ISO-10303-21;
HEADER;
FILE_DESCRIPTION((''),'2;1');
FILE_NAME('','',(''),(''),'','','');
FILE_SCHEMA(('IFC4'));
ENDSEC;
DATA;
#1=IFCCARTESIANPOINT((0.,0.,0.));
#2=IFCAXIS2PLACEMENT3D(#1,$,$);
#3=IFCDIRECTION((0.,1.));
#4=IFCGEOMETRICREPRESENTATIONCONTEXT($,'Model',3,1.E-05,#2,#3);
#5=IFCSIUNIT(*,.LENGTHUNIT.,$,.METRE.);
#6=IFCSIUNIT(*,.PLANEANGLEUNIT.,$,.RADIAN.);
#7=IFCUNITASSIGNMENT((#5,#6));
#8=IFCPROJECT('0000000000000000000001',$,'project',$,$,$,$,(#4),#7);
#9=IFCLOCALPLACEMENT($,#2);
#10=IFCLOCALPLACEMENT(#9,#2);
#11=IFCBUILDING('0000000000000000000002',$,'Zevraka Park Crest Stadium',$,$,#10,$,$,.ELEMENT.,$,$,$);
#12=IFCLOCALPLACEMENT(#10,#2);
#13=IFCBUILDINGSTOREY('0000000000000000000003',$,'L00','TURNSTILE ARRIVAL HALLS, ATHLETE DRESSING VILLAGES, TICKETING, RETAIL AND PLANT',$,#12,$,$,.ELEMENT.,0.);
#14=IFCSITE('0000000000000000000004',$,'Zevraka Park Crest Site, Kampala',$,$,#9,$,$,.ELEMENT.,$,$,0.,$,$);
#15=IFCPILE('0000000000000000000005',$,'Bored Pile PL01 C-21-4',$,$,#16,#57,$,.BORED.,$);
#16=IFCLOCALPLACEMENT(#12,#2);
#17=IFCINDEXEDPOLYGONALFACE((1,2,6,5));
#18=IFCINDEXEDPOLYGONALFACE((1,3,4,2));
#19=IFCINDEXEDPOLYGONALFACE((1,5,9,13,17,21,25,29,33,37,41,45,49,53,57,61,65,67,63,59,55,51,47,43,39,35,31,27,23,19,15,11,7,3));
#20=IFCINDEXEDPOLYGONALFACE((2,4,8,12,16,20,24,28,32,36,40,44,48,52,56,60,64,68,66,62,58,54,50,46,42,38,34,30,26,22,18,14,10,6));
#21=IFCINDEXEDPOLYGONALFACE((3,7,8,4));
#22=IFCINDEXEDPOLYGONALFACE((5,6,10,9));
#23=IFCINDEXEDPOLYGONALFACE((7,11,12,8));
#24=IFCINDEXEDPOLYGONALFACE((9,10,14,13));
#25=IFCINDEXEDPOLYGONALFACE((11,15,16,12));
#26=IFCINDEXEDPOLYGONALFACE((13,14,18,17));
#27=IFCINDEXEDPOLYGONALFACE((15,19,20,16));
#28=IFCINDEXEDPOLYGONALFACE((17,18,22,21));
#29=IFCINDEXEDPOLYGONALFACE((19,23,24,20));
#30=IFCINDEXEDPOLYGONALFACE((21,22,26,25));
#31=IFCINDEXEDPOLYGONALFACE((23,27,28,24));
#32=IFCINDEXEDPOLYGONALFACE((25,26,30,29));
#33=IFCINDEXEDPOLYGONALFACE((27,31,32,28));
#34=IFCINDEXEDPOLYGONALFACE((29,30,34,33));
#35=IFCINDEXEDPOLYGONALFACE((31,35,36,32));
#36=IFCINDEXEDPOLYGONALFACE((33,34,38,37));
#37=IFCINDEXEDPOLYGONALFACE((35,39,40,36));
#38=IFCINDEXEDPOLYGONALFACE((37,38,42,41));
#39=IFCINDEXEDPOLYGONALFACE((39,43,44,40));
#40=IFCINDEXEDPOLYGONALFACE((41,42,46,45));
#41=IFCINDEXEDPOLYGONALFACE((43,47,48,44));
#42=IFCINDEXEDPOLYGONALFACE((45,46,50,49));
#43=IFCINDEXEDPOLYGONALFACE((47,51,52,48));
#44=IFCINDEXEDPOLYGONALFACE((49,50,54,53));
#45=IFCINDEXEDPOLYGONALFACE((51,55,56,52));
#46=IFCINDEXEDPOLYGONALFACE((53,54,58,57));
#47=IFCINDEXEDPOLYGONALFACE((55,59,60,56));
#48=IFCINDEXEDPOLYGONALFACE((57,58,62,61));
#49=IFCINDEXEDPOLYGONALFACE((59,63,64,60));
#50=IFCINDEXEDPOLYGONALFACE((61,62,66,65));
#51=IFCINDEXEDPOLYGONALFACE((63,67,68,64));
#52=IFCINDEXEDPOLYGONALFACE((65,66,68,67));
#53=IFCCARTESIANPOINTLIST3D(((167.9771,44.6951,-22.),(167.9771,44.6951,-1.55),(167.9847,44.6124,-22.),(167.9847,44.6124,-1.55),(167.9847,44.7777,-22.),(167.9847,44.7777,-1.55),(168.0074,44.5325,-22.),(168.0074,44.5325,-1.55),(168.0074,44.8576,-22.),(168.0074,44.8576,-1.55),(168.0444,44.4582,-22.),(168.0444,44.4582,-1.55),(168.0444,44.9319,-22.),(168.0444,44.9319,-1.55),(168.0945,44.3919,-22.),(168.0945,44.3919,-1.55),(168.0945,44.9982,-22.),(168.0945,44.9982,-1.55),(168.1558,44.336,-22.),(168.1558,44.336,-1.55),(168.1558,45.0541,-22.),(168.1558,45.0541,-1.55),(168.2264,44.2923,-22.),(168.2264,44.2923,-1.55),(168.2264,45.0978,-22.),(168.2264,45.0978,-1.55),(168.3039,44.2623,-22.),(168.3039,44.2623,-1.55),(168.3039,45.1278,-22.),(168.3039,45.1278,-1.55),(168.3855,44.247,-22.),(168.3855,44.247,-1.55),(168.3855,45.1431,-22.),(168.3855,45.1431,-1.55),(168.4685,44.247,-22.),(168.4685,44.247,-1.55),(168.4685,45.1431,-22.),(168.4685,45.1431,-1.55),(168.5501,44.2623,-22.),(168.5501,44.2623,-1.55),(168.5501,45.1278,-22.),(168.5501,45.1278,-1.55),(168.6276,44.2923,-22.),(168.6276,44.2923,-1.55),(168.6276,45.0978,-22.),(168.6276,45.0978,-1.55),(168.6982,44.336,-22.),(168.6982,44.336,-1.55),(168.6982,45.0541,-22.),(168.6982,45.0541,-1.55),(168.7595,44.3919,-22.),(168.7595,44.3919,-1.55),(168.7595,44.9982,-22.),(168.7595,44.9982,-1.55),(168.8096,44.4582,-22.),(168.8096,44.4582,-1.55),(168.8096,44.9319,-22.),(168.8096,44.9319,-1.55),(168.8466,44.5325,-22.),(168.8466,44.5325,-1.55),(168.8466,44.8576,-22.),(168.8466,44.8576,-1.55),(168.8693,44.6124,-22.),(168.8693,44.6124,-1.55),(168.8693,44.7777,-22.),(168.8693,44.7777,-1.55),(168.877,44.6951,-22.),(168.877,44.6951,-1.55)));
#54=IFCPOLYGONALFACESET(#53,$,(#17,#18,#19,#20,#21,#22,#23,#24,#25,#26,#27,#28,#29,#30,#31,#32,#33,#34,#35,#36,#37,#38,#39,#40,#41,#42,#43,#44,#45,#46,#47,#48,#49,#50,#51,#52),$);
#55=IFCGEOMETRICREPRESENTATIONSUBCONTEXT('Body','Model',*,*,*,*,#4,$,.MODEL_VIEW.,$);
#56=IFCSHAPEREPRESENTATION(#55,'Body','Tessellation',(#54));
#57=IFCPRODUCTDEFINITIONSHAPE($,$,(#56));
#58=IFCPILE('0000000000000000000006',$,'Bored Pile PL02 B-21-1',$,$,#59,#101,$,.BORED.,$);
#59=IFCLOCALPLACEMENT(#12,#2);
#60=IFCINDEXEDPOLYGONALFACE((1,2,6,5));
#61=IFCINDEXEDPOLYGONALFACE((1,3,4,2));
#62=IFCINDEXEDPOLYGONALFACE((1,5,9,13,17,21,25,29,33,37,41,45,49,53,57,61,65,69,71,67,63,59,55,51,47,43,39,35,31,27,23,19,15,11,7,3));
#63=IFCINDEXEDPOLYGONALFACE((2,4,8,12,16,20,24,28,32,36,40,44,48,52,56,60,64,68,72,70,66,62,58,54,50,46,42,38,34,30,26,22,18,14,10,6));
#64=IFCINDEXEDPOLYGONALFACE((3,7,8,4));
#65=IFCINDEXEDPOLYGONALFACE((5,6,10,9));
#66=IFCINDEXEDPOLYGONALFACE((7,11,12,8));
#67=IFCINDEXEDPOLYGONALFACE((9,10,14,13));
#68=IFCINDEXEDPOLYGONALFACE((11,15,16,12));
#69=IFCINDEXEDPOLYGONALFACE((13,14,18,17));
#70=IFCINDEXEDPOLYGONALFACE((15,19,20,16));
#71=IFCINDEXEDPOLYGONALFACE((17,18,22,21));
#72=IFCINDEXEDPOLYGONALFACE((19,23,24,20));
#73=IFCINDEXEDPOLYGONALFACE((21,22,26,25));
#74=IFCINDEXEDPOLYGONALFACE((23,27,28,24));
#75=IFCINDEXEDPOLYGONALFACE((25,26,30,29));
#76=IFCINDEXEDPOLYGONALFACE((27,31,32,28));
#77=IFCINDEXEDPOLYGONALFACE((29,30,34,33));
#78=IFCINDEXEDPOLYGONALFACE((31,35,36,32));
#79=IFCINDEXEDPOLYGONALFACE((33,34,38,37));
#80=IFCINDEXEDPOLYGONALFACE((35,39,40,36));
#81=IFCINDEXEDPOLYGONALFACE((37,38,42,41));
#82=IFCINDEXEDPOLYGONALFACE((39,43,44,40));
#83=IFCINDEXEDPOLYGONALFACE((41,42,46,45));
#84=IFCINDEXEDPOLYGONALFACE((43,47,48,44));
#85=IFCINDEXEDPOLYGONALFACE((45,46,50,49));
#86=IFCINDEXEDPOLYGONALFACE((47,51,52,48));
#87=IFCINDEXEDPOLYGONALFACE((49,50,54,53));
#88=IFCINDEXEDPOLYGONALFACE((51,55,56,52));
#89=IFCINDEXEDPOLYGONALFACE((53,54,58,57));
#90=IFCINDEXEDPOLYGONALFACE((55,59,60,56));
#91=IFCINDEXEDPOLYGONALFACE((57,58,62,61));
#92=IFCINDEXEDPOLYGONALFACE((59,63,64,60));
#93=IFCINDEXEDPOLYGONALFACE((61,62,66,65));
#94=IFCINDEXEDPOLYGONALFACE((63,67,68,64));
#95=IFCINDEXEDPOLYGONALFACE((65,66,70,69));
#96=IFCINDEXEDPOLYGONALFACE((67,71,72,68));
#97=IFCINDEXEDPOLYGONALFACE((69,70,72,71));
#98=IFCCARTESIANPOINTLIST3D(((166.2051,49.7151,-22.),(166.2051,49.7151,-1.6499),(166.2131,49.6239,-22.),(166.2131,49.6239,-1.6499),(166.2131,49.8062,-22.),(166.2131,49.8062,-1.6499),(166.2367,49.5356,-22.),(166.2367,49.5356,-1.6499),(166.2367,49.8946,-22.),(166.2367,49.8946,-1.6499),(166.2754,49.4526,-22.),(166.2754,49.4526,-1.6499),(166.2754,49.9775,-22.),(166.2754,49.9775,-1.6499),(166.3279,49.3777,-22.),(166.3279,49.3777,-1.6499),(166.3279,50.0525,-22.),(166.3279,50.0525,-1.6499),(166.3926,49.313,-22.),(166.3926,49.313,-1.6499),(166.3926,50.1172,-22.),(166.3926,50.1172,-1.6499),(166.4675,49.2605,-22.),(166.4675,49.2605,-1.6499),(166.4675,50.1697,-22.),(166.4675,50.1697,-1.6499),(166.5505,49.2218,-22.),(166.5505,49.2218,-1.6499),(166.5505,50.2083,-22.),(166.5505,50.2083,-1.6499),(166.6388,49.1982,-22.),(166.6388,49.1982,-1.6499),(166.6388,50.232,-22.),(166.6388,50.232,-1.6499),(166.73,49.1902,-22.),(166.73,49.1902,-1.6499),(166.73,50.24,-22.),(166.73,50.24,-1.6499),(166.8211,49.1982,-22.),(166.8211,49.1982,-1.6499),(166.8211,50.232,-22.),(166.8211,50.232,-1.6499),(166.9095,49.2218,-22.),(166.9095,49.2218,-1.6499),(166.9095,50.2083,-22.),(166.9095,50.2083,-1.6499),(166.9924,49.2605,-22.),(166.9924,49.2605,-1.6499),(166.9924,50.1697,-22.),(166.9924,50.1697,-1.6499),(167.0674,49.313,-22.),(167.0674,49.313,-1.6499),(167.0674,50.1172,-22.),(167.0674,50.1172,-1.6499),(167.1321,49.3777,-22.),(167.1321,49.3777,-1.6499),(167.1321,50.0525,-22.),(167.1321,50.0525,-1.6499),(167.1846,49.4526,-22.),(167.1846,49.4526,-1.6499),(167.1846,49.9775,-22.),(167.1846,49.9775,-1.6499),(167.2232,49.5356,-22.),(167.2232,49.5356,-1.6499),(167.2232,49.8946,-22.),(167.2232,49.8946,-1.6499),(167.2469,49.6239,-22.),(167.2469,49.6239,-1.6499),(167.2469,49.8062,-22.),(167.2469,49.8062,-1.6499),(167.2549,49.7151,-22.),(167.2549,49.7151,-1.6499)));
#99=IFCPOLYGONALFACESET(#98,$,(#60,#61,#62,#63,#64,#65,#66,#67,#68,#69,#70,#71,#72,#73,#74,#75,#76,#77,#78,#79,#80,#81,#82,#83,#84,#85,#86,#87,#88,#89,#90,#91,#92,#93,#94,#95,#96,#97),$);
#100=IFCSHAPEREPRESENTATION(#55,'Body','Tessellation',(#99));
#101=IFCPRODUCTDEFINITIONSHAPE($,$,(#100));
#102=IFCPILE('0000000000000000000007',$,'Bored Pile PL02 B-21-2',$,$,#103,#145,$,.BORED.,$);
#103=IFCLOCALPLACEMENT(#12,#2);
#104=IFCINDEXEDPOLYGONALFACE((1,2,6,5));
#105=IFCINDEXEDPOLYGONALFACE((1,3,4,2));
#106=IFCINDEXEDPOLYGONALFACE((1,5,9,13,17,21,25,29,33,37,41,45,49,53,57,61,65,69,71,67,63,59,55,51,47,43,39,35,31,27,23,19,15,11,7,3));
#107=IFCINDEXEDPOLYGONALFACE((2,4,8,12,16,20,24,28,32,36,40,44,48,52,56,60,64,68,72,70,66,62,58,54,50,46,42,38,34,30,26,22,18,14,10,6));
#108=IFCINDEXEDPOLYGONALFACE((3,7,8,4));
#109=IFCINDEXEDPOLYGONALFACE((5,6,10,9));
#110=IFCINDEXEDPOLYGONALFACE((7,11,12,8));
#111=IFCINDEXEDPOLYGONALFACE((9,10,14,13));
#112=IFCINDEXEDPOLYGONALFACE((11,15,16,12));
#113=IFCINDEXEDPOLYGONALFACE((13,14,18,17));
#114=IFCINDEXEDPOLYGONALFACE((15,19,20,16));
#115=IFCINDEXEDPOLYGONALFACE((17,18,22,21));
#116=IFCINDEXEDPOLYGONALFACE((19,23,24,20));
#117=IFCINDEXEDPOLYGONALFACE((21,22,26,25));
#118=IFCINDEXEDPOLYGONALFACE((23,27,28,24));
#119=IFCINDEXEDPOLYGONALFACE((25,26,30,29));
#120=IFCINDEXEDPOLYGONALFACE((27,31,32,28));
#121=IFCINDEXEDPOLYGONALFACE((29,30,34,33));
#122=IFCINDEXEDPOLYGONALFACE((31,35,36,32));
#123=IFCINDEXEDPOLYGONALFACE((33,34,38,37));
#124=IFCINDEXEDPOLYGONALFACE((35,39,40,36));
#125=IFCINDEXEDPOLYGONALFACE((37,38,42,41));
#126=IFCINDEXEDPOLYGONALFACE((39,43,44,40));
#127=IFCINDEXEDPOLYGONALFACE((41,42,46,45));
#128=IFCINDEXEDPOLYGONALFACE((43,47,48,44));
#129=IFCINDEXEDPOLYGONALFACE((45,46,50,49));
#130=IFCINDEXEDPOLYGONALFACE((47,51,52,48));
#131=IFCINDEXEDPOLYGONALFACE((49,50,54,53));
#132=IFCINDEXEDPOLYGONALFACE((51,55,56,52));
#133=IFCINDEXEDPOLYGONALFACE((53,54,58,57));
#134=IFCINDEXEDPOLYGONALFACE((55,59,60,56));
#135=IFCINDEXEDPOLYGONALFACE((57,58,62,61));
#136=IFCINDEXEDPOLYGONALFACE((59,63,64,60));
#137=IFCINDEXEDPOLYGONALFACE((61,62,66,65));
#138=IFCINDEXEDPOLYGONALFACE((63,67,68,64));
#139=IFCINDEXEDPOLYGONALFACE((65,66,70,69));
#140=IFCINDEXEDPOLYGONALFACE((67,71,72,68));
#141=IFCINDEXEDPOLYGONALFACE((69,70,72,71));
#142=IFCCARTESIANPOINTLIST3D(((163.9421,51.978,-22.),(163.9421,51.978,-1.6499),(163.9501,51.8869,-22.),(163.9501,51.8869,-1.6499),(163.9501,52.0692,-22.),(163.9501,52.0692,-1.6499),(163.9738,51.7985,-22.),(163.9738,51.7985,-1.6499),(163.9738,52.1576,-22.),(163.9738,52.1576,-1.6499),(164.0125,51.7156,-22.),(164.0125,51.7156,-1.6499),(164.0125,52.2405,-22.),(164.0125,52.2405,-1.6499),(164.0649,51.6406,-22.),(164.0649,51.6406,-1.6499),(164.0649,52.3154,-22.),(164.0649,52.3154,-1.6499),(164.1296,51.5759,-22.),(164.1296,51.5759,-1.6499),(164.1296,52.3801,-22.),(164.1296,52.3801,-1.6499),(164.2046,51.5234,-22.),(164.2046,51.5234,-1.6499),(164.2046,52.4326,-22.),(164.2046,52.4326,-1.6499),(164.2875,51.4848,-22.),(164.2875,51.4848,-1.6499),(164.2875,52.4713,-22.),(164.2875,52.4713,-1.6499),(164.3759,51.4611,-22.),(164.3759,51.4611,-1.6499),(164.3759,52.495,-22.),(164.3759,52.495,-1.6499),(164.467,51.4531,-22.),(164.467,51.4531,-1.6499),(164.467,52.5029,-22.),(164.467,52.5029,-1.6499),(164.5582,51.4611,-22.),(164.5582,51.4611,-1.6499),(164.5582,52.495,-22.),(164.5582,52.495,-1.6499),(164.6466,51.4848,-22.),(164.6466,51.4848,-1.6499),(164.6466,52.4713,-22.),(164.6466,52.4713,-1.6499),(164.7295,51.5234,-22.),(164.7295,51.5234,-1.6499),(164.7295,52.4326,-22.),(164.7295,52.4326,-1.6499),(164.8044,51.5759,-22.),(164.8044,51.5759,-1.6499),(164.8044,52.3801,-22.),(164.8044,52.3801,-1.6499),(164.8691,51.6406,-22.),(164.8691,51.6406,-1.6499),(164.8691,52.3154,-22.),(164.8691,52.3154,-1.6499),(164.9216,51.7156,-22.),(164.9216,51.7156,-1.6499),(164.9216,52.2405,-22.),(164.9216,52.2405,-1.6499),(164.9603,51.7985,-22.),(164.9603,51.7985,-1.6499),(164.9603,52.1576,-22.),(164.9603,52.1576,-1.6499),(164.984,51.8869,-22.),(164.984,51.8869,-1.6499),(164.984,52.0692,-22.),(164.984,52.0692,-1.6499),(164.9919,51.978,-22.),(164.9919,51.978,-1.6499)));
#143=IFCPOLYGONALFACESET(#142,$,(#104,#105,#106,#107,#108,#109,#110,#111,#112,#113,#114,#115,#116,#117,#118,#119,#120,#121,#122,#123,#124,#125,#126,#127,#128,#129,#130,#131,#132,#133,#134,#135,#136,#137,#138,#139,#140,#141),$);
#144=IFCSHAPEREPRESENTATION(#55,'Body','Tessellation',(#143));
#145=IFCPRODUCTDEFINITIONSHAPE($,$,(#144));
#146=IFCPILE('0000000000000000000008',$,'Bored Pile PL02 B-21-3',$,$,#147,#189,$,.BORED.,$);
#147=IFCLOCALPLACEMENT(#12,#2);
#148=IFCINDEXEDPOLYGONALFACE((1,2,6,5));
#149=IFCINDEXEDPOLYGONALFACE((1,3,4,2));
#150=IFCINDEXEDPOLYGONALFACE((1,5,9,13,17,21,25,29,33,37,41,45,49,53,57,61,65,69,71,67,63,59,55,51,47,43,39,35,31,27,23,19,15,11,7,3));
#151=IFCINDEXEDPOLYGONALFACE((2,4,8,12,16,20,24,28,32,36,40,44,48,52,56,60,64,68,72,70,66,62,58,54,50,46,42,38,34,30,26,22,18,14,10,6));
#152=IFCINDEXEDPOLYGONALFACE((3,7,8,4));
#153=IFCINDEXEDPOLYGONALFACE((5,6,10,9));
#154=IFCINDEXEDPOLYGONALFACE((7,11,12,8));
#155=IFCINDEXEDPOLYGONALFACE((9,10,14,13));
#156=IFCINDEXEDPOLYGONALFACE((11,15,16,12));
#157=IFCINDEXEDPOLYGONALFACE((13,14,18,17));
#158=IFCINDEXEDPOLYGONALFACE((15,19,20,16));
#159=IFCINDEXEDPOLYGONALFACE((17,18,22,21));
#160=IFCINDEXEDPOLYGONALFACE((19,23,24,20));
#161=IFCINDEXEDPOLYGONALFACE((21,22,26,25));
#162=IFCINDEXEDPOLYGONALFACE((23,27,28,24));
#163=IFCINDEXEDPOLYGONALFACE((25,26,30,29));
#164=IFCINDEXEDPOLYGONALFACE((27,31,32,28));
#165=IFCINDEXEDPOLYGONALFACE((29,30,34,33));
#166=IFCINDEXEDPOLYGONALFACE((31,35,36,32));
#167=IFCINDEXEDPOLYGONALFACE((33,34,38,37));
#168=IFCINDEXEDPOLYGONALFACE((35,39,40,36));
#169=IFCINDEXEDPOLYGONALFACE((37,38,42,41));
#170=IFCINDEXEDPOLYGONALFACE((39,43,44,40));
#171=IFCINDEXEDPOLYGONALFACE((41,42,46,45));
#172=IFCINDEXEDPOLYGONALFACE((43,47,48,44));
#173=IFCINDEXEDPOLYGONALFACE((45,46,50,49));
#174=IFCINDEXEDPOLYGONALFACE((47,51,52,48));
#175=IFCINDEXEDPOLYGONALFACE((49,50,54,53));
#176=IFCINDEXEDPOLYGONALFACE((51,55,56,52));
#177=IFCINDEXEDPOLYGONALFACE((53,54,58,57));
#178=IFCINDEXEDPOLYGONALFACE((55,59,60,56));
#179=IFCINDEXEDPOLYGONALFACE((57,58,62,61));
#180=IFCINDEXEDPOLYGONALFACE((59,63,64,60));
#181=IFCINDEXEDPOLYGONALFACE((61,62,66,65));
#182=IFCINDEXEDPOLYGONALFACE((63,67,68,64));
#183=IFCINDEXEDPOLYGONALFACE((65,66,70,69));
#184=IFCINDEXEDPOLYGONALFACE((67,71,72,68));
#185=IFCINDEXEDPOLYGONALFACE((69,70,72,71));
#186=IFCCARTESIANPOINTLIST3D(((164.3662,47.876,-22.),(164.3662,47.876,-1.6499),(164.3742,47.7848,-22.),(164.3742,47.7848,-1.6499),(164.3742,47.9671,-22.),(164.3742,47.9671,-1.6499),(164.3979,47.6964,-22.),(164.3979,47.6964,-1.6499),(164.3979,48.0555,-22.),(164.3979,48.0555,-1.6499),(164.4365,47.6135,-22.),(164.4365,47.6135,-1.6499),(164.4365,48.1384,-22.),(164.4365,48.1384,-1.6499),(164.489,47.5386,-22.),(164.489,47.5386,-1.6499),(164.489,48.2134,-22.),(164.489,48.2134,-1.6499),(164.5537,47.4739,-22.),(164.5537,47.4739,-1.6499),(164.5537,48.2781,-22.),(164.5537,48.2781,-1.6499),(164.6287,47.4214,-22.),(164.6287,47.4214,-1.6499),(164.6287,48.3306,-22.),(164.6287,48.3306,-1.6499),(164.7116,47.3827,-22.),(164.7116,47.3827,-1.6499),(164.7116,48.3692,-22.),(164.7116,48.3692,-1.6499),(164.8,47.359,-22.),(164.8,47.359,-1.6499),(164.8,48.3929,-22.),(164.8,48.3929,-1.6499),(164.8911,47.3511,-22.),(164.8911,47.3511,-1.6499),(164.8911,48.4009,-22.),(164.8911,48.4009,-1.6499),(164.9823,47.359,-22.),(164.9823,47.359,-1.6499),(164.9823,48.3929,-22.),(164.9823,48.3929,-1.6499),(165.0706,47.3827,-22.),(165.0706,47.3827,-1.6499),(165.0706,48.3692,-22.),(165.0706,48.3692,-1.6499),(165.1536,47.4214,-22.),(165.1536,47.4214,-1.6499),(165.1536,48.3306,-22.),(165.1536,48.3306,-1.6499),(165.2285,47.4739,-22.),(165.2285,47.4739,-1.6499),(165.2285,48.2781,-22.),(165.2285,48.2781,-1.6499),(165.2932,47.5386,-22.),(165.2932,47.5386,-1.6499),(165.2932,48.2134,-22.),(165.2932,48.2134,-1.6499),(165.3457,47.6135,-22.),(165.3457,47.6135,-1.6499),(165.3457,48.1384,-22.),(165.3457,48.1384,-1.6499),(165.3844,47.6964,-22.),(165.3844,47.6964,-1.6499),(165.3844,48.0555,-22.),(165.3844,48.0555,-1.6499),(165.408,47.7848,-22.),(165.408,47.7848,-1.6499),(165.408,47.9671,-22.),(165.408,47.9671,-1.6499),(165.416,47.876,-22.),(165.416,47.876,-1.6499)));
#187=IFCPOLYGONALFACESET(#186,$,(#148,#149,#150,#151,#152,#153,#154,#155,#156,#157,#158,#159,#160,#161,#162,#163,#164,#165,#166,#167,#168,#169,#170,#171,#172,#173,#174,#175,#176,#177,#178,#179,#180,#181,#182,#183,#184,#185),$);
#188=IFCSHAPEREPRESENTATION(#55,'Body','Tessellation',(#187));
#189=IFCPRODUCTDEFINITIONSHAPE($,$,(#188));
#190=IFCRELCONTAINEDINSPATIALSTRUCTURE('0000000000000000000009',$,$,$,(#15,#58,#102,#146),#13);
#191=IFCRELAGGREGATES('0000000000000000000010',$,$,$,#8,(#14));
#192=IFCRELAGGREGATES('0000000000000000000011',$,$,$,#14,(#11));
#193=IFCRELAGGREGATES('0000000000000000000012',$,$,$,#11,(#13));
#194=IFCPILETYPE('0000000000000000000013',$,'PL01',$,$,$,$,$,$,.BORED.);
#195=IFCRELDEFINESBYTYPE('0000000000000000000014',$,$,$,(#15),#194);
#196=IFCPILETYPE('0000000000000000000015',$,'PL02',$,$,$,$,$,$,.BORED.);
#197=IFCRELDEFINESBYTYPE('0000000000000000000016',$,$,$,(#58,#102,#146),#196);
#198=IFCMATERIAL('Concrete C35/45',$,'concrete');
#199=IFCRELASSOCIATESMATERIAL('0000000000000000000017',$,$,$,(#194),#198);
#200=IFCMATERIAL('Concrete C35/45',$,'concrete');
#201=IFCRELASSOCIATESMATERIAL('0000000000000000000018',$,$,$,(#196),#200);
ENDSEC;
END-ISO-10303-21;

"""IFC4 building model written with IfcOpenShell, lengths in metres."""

from ifc_helpers import new_model, si_unit, direction, frame, origin, origin_2d, place, context, subcontext, project, spatial, circle, extrude, material, material_profile, profile_set, type_object, element, save


model = new_model("IFC4")

# Units and contexts
model_context = context("Model", 3, precision=1e-05, world=origin(), true_north=direction((0.0, 1.0)))
body_context = subcontext(model_context, "Body", "Model", "MODEL_VIEW")
ifc_project = project(units=[si_unit("LENGTHUNIT", "METRE"), si_unit("PLANEANGLEUNIT", "RADIAN")], contexts=[model_context])

# Site, building, storey
site_placement = place(None, origin())
site = spatial("IfcSite", under=ifc_project, at=site_placement, Name="Zevraka Park Crest Site, Kampala", CompositionType="ELEMENT", RefElevation=0.0)
building_placement = place(site_placement, origin())
building = spatial("IfcBuilding", under=site, at=building_placement, Name="Zevraka Park Crest Stadium", CompositionType="ELEMENT")
storey_placement = place(building_placement, origin())
storey = spatial("IfcBuildingStorey", under=building, at=storey_placement, Name="L00", Description="TURNSTILE ARRIVAL HALLS, ATHLETE DRESSING VILLAGES, TICKETING, RETAIL AND PLANT", CompositionType="ELEMENT", Elevation=0.0)

# Piles
ifc_material_1 = material(Name="Concrete C35/45", Category="concrete")
ifc_material_profile_1 = material_profile(ifc_material_1, circle(Radius=0.45, at=origin_2d()), Name="PILE D900")
ifc_profile_set_1 = profile_set([ifc_material_profile_1], Name="Concrete C35/45")
pile_type_1 = type_object("IfcPileType", Name="PL01", PredefinedType="BORED", material=ifc_profile_set_1)
for number, where, z_axis, x_axis, name in (
    (1, (168.427, 44.6951, -1.55), (0.0, 0.0, -1.0), (1.0, 0.0, 0.0), "Bored Pile PL01 C-21-4"),
):
    element("IfcPile", number, at=place(storey_placement, frame(where, z_axis=z_axis, x_axis=x_axis)), inside=storey, type_object=pile_type_1, Name=name, PredefinedType="BORED", context=body_context, shape_type="SweptSolid", body=[
        extrude(circle(Radius=0.45, at=origin_2d()), origin(), (0.0, 0.0, 1.0), 20.45),
    ])
ifc_material_2 = material(Name="Concrete C35/45", Category="concrete")
ifc_material_profile_2 = material_profile(ifc_material_2, circle(Radius=0.5249, at=origin_2d()), Name="PILE D1050")
ifc_profile_set_2 = profile_set([ifc_material_profile_2], Name="Concrete C35/45")
pile_type_2 = type_object("IfcPileType", Name="PL02", PredefinedType="BORED", material=ifc_profile_set_2)
for number, where, z_axis, x_axis, name in (
    (2, (166.73, 49.7151, -1.6499), (0.0, 0.0, -1.0), (1.0, 0.0, 0.0), "Bored Pile PL02 B-21-1"),
    (3, (164.467, 51.978, -1.6499), (0.0, 0.0, -1.0), (1.0, 0.0, 0.0), "Bored Pile PL02 B-21-2"),
    (4, (164.8911, 47.876, -1.6499), (0.0, 0.0, -1.0), (1.0, 0.0, 0.0), "Bored Pile PL02 B-21-3"),
):
    element("IfcPile", number, at=place(storey_placement, frame(where, z_axis=z_axis, x_axis=x_axis)), inside=storey, type_object=pile_type_2, Name=name, PredefinedType="BORED", context=body_context, shape_type="SweptSolid", body=[
        extrude(circle(Radius=0.5249, at=origin_2d()), origin(), (0.0, 0.0, 1.0), 20.3501),
    ])

save(model, "model.ifc")
